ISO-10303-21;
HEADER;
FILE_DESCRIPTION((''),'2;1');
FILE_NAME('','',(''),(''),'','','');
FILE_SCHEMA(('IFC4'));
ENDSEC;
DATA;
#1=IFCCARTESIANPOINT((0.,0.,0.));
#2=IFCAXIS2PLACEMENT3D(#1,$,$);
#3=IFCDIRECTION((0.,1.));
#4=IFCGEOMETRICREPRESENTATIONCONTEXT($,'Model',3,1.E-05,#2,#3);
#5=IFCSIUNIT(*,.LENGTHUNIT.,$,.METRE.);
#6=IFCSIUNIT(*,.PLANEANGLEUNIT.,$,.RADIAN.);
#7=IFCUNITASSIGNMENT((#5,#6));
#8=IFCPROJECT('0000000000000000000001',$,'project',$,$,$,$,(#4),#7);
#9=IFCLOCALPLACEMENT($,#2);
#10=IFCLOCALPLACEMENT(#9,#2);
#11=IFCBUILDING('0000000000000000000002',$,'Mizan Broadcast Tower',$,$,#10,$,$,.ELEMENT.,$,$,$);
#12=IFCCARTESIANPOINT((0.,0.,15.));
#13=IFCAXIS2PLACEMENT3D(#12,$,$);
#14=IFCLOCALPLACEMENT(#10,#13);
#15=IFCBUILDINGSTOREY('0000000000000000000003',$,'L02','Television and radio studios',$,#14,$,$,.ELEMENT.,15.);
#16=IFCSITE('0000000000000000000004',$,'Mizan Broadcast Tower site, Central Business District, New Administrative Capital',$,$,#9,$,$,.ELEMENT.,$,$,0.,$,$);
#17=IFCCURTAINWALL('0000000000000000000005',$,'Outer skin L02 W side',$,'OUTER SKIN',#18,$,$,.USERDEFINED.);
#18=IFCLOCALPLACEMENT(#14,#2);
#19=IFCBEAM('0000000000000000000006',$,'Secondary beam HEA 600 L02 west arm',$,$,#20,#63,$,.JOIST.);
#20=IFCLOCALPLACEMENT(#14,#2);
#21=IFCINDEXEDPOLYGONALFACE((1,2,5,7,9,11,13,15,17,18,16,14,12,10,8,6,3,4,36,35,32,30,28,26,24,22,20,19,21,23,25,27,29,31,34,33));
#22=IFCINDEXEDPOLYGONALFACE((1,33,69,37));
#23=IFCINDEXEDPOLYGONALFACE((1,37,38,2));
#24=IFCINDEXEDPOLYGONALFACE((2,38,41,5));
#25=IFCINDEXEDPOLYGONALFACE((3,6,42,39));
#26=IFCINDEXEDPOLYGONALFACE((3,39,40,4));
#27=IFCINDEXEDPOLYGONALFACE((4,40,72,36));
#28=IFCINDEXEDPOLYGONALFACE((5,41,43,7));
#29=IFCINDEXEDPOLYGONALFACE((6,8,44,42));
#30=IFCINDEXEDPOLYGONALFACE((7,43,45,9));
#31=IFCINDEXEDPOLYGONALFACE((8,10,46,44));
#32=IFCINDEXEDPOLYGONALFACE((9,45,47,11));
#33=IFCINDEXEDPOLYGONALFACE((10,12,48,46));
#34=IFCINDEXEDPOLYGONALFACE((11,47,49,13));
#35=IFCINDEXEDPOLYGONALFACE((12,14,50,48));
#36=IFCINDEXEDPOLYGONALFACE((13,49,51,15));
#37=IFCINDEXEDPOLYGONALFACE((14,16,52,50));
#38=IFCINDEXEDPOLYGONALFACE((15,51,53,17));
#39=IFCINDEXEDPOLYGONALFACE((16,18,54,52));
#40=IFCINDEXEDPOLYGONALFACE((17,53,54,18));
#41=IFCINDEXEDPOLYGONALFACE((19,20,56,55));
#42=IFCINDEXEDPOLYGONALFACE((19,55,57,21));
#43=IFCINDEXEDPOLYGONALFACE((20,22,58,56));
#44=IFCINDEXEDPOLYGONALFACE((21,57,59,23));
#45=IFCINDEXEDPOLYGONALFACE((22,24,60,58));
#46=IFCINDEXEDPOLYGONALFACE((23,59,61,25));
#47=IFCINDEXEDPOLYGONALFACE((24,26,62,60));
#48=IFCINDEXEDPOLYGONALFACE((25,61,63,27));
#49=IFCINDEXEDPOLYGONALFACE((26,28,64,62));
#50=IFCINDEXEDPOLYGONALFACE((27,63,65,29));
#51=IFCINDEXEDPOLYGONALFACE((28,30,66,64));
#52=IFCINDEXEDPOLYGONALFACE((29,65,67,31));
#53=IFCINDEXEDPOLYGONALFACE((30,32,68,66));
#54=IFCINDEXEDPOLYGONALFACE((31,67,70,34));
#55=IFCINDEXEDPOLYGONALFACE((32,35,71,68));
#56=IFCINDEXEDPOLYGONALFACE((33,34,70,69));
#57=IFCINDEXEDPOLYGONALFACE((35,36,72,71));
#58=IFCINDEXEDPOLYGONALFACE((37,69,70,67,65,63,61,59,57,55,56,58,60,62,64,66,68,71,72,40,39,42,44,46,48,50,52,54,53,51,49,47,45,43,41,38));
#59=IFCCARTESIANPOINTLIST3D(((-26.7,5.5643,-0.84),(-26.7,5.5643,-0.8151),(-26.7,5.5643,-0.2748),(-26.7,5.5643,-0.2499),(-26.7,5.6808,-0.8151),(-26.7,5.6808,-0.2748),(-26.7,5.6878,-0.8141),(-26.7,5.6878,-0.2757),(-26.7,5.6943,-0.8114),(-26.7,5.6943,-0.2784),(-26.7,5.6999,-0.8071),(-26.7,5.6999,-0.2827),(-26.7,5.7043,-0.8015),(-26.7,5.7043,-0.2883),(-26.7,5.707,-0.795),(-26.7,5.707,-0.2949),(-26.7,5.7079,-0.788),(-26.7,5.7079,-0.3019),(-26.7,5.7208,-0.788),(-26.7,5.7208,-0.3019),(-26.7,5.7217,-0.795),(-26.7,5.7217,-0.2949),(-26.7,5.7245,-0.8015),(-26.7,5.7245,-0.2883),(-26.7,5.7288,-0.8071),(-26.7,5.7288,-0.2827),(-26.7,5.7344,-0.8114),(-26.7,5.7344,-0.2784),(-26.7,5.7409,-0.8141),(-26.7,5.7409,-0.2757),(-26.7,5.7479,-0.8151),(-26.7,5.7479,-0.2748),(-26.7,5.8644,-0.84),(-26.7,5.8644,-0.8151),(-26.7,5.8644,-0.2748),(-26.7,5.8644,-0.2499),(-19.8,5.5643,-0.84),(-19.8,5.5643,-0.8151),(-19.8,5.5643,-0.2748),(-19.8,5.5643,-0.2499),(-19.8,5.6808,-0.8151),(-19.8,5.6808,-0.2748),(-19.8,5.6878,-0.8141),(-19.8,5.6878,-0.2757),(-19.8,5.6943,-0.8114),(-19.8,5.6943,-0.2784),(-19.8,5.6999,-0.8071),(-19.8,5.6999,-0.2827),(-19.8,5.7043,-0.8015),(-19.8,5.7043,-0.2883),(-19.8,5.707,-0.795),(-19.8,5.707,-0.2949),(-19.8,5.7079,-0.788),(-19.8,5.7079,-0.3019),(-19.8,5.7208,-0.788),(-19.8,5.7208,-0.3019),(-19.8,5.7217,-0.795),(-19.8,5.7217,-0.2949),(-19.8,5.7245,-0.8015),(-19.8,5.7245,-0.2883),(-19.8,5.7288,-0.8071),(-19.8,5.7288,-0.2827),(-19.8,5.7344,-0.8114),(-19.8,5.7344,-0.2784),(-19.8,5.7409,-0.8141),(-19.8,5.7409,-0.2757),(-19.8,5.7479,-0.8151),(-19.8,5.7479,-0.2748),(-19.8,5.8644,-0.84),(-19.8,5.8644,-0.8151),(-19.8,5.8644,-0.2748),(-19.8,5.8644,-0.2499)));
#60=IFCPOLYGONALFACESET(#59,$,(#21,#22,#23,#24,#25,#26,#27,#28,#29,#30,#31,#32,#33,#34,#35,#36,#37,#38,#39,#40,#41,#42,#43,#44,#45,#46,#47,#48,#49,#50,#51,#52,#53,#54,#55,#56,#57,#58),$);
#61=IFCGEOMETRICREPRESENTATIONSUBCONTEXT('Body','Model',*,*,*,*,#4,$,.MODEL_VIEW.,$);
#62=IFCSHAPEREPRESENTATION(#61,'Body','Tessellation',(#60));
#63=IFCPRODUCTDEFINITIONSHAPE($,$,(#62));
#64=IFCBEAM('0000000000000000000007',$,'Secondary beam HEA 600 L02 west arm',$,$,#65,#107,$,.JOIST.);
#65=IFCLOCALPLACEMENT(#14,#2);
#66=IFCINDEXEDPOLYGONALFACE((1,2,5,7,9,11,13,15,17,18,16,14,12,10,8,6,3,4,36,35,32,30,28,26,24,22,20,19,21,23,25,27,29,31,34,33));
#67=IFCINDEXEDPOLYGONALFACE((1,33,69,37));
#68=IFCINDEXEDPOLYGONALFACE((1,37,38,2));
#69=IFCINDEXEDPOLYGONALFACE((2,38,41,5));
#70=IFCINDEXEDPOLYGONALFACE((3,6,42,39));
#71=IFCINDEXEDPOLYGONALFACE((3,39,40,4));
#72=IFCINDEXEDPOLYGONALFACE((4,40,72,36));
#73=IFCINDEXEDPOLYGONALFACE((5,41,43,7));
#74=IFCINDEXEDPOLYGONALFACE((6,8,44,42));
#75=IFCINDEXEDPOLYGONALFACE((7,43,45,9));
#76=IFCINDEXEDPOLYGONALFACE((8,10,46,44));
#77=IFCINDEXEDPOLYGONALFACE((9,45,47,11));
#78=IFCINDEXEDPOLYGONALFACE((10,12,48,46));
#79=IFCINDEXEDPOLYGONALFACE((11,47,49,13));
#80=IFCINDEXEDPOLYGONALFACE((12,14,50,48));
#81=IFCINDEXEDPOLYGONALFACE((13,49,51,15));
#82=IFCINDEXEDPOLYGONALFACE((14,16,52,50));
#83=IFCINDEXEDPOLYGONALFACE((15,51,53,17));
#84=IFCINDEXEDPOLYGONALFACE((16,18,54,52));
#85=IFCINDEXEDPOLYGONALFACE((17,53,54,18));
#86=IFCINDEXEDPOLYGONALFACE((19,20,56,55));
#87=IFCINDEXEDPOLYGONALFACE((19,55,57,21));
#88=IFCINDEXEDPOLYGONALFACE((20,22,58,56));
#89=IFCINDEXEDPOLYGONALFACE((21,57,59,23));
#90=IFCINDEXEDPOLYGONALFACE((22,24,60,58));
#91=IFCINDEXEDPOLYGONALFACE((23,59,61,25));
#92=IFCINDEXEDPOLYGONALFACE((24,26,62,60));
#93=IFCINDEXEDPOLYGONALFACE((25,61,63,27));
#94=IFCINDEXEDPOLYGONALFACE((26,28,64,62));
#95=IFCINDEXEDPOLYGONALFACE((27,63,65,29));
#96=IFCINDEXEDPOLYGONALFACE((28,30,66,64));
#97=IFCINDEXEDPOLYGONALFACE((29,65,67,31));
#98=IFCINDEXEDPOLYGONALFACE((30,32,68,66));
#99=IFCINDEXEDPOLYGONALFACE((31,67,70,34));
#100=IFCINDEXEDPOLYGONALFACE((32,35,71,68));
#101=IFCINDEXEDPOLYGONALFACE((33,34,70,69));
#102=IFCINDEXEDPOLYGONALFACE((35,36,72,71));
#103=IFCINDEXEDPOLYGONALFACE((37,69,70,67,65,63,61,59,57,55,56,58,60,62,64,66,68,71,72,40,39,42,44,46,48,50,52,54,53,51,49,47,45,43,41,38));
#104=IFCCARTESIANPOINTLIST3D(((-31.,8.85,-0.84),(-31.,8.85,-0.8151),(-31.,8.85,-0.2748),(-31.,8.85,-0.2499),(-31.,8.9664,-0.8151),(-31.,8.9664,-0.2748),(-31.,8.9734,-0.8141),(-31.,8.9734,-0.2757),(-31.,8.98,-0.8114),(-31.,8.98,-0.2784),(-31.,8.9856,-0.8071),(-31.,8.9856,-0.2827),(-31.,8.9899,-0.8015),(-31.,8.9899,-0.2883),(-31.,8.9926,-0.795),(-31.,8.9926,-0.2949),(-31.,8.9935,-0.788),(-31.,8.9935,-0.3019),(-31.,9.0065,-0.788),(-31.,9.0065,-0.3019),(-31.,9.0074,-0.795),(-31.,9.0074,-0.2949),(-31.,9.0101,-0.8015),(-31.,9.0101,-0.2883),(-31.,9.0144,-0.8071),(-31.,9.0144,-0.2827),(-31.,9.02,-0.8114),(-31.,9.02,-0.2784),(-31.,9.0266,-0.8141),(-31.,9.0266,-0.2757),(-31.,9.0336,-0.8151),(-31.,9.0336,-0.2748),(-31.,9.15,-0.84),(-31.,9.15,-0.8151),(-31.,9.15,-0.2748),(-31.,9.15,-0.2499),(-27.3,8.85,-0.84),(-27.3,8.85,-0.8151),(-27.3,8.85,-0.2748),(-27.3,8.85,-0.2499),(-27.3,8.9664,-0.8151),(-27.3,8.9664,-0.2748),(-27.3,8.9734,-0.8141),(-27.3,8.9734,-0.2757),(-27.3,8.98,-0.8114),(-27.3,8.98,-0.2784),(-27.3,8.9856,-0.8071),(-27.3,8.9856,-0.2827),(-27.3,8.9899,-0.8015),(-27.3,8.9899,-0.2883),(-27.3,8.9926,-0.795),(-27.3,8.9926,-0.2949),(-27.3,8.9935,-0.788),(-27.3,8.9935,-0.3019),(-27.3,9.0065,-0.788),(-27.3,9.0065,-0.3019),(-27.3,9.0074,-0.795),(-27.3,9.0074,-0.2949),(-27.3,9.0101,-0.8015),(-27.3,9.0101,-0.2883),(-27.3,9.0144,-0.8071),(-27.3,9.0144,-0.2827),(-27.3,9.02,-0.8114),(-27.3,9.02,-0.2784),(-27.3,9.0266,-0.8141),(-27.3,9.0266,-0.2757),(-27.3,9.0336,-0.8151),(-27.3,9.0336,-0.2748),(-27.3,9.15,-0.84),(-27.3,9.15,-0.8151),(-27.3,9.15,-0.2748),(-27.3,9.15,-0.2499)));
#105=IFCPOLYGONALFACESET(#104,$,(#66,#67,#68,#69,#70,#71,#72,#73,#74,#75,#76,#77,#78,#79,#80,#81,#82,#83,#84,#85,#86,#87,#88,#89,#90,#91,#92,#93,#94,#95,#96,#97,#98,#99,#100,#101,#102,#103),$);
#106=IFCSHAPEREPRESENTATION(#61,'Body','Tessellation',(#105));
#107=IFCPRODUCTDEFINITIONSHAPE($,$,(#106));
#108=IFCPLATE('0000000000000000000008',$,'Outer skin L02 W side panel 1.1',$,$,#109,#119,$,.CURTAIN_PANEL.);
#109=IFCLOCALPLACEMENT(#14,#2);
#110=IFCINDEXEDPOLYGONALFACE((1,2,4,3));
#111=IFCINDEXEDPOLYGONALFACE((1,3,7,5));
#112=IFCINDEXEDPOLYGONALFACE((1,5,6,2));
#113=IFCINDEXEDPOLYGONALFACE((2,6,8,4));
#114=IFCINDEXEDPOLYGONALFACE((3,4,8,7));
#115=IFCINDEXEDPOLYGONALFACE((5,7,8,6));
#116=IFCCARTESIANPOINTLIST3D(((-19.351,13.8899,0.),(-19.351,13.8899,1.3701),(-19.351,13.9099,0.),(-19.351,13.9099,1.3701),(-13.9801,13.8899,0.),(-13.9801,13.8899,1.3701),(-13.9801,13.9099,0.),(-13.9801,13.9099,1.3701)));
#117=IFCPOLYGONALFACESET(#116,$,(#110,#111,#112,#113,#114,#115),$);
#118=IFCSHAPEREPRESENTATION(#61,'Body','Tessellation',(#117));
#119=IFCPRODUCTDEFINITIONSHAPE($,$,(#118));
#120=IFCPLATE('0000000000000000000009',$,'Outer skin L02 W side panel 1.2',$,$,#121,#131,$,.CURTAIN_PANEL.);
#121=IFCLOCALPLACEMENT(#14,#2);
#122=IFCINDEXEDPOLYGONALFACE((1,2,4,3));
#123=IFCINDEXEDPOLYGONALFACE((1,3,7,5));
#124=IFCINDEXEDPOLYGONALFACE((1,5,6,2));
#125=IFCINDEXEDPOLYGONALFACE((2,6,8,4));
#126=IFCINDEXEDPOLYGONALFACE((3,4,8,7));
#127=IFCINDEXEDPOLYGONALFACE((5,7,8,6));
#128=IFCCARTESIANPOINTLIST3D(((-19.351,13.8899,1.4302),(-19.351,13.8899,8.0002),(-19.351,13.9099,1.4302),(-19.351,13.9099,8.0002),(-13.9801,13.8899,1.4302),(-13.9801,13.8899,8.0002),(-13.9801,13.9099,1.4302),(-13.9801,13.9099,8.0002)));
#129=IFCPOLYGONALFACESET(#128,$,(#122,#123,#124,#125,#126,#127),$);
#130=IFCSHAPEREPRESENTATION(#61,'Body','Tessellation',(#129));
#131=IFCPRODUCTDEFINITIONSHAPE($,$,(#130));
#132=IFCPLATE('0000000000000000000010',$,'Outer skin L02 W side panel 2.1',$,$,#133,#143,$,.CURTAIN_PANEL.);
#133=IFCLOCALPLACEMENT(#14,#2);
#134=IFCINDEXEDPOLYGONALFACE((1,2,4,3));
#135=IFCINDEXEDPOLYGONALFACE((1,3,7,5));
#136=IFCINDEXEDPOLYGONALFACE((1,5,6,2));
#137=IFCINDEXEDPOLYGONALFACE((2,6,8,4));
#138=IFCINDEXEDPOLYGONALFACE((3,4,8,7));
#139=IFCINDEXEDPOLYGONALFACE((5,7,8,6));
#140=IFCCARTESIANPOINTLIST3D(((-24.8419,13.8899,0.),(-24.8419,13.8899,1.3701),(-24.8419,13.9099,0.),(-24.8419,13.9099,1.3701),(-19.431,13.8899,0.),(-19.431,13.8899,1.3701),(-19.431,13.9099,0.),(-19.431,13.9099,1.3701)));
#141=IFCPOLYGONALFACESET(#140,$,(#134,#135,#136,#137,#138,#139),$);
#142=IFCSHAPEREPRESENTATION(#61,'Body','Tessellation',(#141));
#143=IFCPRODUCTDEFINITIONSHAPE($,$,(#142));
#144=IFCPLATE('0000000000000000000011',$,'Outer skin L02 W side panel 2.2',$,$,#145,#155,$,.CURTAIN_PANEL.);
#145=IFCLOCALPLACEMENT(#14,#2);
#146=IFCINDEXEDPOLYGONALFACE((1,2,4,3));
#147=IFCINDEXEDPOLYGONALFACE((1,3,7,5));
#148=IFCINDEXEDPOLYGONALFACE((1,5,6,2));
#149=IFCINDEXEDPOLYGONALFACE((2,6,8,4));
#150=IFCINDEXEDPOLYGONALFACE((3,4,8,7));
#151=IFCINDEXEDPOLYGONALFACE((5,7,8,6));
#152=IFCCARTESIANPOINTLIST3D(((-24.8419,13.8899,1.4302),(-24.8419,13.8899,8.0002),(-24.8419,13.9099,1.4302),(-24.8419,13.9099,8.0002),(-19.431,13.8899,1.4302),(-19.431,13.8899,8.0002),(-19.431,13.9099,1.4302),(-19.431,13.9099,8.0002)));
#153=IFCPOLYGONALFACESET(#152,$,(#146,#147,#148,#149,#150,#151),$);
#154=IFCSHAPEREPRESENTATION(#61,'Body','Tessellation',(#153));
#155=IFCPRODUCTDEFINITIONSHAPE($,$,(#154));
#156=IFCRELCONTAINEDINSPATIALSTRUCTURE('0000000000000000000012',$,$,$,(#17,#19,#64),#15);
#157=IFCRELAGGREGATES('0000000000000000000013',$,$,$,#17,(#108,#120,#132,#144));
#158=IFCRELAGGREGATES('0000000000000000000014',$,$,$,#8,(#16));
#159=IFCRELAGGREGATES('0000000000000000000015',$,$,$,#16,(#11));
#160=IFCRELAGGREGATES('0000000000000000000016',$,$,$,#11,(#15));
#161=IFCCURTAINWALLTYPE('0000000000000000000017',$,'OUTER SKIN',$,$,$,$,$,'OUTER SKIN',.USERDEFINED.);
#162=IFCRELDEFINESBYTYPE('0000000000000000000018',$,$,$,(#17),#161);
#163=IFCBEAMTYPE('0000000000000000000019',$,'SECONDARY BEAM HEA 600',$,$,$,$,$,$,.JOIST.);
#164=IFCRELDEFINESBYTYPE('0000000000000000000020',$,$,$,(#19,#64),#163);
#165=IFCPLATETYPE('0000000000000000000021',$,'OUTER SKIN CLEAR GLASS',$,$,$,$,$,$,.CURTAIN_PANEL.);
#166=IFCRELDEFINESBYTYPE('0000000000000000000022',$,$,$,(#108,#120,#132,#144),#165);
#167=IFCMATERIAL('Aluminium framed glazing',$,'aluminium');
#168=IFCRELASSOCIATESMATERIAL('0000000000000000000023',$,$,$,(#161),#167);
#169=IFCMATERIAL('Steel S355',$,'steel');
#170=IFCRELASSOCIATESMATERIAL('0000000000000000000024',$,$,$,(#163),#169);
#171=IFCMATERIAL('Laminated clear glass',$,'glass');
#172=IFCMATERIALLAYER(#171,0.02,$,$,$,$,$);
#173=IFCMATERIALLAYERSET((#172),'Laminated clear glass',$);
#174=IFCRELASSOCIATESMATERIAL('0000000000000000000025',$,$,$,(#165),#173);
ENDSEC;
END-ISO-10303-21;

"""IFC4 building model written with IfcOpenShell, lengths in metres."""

from ifc_helpers import new_model, si_unit, direction, frame, origin, origin_2d, place, context, subcontext, project, spatial, rectangle, i_section, extrude, material, layer, layer_set, material_profile, profile_set, type_object, element, aggregate, save


model = new_model("IFC4")

# Units and contexts
model_context = context("Model", 3, precision=1e-05, world=origin(), true_north=direction((0.0, 1.0)))
body_context = subcontext(model_context, "Body", "Model", "MODEL_VIEW")
ifc_project = project(units=[si_unit("LENGTHUNIT", "METRE"), si_unit("PLANEANGLEUNIT", "RADIAN")], contexts=[model_context])

# Site, building, storey
site_placement = place(None, origin())
site = spatial("IfcSite", under=ifc_project, at=site_placement, Name="Mizan Broadcast Tower site, Central Business District, New Administrative Capital", CompositionType="ELEMENT", RefElevation=0.0)
building_placement = place(site_placement, origin())
building = spatial("IfcBuilding", under=site, at=building_placement, Name="Mizan Broadcast Tower", CompositionType="ELEMENT")
storey_placement = place(building_placement, frame((0.0, 0.0, 15.0)))
storey = spatial("IfcBuildingStorey", under=building, at=storey_placement, Name="L02", Description="Television and radio studios", CompositionType="ELEMENT", Elevation=15.0)

# Curtain wall
ifc_material_1 = material(Name="Aluminium framed glazing", Category="aluminium")
curtain_wall_type_1 = type_object("IfcCurtainWallType", Name="OUTER SKIN", ElementType="OUTER SKIN", PredefinedType="USERDEFINED", material=ifc_material_1)
curtain_wall_1_placement = place(storey_placement, origin())
curtain_wall_1 = element("IfcCurtainWall", 1, at=curtain_wall_1_placement, inside=storey, type_object=curtain_wall_type_1, Name="Outer skin L02 W side", ObjectType="OUTER SKIN", PredefinedType="USERDEFINED")

# Beams
ifc_material_2 = material(Name="Steel S355", Category="steel")
ifc_material_profile_1 = material_profile(ifc_material_2, i_section(OverallWidth=0.3, OverallDepth=0.5901, WebThickness=0.0129, FlangeThickness=0.0249, FilletRadius=0.0271, at=origin_2d()), Name="HEA 600")
ifc_profile_set_1 = profile_set([ifc_material_profile_1], Name="Steel S355")
beam_type_1 = type_object("IfcBeamType", Name="SECONDARY BEAM HEA 600", PredefinedType="JOIST", material=ifc_profile_set_1)
beam_1_placement = place(storey_placement, frame((-19.8, 5.7144, -0.5449), z_axis=(-1.0, 0.0, 0.0), x_axis=(0.0, -1.0, 0.0)))
element("IfcBeam", 2, at=beam_1_placement, inside=storey, type_object=beam_type_1, Name="Secondary beam HEA 600 L02 west arm", PredefinedType="JOIST", context=body_context, shape_type="SweptSolid", body=[
    extrude(i_section(OverallWidth=0.3, OverallDepth=0.5901, WebThickness=0.0129, FlangeThickness=0.0249, FilletRadius=0.0271, at=origin_2d()), origin(), (0.0, 0.0, 1.0), 6.8999),
])
beam_2_placement = place(storey_placement, frame((-27.3, 9.0, -0.5449), z_axis=(-1.0, 0.0, 0.0), x_axis=(0.0, -1.0, 0.0)))
element("IfcBeam", 3, at=beam_2_placement, inside=storey, type_object=beam_type_1, Name="Secondary beam HEA 600 L02 west arm", PredefinedType="JOIST", context=body_context, shape_type="SweptSolid", body=[
    extrude(i_section(OverallWidth=0.3, OverallDepth=0.5901, WebThickness=0.0129, FlangeThickness=0.0249, FilletRadius=0.0271, at=origin_2d()), origin(), (0.0, 0.0, 1.0), 3.7),
])

# Plates
ifc_material_3 = material(Name="Laminated clear glass", Category="glass")
ifc_layer_1 = layer(ifc_material_3, 0.02)
ifc_layer_set_1 = layer_set([ifc_layer_1], Name="Laminated clear glass")
plate_type = type_object("IfcPlateType", Name="OUTER SKIN CLEAR GLASS", PredefinedType="CURTAIN_PANEL", material=ifc_layer_set_1)
plate_1_placement = place(storey_placement, frame((-16.6655, 13.8999, 0.0), z_axis=(0.0, 0.0, 1.0), x_axis=(-1.0, 0.0, 0.0)))
plate_1 = element("IfcPlate", 4, at=plate_1_placement, type_object=plate_type, Name="Outer skin L02 W side panel 1.1", PredefinedType="CURTAIN_PANEL", context=body_context, shape_type="SweptSolid", body=[
    extrude(rectangle(XDim=5.3708, YDim=0.02, at=origin_2d()), origin(), (0.0, 0.0, 1.0), 1.3701),
])
plate_2_placement = place(storey_placement, frame((-16.6655, 13.8999, 1.4302), z_axis=(0.0, 0.0, 1.0), x_axis=(-1.0, 0.0, 0.0)))
plate_2 = element("IfcPlate", 5, at=plate_2_placement, type_object=plate_type, Name="Outer skin L02 W side panel 1.2", PredefinedType="CURTAIN_PANEL", context=body_context, shape_type="SweptSolid", body=[
    extrude(rectangle(XDim=5.3708, YDim=0.02, at=origin_2d()), origin(), (0.0, 0.0, 1.0), 6.5701),
])
plate_3_placement = place(storey_placement, frame((-22.1365, 13.8999, 0.0), z_axis=(0.0, 0.0, 1.0), x_axis=(-1.0, 0.0, 0.0)))
plate_3 = element("IfcPlate", 6, at=plate_3_placement, type_object=plate_type, Name="Outer skin L02 W side panel 2.1", PredefinedType="CURTAIN_PANEL", context=body_context, shape_type="SweptSolid", body=[
    extrude(rectangle(XDim=5.4109, YDim=0.02, at=origin_2d()), origin(), (0.0, 0.0, 1.0), 1.3701),
])
plate_4_placement = place(storey_placement, frame((-22.1365, 13.8999, 1.4302), z_axis=(0.0, 0.0, 1.0), x_axis=(-1.0, 0.0, 0.0)))
plate_4 = element("IfcPlate", 7, at=plate_4_placement, type_object=plate_type, Name="Outer skin L02 W side panel 2.2", PredefinedType="CURTAIN_PANEL", context=body_context, shape_type="SweptSolid", body=[
    extrude(rectangle(XDim=5.4109, YDim=0.02, at=origin_2d()), origin(), (0.0, 0.0, 1.0), 6.5701),
])
aggregate(curtain_wall_1, [plate_1, plate_2, plate_3, plate_4])

save(model, "model.ifc")
